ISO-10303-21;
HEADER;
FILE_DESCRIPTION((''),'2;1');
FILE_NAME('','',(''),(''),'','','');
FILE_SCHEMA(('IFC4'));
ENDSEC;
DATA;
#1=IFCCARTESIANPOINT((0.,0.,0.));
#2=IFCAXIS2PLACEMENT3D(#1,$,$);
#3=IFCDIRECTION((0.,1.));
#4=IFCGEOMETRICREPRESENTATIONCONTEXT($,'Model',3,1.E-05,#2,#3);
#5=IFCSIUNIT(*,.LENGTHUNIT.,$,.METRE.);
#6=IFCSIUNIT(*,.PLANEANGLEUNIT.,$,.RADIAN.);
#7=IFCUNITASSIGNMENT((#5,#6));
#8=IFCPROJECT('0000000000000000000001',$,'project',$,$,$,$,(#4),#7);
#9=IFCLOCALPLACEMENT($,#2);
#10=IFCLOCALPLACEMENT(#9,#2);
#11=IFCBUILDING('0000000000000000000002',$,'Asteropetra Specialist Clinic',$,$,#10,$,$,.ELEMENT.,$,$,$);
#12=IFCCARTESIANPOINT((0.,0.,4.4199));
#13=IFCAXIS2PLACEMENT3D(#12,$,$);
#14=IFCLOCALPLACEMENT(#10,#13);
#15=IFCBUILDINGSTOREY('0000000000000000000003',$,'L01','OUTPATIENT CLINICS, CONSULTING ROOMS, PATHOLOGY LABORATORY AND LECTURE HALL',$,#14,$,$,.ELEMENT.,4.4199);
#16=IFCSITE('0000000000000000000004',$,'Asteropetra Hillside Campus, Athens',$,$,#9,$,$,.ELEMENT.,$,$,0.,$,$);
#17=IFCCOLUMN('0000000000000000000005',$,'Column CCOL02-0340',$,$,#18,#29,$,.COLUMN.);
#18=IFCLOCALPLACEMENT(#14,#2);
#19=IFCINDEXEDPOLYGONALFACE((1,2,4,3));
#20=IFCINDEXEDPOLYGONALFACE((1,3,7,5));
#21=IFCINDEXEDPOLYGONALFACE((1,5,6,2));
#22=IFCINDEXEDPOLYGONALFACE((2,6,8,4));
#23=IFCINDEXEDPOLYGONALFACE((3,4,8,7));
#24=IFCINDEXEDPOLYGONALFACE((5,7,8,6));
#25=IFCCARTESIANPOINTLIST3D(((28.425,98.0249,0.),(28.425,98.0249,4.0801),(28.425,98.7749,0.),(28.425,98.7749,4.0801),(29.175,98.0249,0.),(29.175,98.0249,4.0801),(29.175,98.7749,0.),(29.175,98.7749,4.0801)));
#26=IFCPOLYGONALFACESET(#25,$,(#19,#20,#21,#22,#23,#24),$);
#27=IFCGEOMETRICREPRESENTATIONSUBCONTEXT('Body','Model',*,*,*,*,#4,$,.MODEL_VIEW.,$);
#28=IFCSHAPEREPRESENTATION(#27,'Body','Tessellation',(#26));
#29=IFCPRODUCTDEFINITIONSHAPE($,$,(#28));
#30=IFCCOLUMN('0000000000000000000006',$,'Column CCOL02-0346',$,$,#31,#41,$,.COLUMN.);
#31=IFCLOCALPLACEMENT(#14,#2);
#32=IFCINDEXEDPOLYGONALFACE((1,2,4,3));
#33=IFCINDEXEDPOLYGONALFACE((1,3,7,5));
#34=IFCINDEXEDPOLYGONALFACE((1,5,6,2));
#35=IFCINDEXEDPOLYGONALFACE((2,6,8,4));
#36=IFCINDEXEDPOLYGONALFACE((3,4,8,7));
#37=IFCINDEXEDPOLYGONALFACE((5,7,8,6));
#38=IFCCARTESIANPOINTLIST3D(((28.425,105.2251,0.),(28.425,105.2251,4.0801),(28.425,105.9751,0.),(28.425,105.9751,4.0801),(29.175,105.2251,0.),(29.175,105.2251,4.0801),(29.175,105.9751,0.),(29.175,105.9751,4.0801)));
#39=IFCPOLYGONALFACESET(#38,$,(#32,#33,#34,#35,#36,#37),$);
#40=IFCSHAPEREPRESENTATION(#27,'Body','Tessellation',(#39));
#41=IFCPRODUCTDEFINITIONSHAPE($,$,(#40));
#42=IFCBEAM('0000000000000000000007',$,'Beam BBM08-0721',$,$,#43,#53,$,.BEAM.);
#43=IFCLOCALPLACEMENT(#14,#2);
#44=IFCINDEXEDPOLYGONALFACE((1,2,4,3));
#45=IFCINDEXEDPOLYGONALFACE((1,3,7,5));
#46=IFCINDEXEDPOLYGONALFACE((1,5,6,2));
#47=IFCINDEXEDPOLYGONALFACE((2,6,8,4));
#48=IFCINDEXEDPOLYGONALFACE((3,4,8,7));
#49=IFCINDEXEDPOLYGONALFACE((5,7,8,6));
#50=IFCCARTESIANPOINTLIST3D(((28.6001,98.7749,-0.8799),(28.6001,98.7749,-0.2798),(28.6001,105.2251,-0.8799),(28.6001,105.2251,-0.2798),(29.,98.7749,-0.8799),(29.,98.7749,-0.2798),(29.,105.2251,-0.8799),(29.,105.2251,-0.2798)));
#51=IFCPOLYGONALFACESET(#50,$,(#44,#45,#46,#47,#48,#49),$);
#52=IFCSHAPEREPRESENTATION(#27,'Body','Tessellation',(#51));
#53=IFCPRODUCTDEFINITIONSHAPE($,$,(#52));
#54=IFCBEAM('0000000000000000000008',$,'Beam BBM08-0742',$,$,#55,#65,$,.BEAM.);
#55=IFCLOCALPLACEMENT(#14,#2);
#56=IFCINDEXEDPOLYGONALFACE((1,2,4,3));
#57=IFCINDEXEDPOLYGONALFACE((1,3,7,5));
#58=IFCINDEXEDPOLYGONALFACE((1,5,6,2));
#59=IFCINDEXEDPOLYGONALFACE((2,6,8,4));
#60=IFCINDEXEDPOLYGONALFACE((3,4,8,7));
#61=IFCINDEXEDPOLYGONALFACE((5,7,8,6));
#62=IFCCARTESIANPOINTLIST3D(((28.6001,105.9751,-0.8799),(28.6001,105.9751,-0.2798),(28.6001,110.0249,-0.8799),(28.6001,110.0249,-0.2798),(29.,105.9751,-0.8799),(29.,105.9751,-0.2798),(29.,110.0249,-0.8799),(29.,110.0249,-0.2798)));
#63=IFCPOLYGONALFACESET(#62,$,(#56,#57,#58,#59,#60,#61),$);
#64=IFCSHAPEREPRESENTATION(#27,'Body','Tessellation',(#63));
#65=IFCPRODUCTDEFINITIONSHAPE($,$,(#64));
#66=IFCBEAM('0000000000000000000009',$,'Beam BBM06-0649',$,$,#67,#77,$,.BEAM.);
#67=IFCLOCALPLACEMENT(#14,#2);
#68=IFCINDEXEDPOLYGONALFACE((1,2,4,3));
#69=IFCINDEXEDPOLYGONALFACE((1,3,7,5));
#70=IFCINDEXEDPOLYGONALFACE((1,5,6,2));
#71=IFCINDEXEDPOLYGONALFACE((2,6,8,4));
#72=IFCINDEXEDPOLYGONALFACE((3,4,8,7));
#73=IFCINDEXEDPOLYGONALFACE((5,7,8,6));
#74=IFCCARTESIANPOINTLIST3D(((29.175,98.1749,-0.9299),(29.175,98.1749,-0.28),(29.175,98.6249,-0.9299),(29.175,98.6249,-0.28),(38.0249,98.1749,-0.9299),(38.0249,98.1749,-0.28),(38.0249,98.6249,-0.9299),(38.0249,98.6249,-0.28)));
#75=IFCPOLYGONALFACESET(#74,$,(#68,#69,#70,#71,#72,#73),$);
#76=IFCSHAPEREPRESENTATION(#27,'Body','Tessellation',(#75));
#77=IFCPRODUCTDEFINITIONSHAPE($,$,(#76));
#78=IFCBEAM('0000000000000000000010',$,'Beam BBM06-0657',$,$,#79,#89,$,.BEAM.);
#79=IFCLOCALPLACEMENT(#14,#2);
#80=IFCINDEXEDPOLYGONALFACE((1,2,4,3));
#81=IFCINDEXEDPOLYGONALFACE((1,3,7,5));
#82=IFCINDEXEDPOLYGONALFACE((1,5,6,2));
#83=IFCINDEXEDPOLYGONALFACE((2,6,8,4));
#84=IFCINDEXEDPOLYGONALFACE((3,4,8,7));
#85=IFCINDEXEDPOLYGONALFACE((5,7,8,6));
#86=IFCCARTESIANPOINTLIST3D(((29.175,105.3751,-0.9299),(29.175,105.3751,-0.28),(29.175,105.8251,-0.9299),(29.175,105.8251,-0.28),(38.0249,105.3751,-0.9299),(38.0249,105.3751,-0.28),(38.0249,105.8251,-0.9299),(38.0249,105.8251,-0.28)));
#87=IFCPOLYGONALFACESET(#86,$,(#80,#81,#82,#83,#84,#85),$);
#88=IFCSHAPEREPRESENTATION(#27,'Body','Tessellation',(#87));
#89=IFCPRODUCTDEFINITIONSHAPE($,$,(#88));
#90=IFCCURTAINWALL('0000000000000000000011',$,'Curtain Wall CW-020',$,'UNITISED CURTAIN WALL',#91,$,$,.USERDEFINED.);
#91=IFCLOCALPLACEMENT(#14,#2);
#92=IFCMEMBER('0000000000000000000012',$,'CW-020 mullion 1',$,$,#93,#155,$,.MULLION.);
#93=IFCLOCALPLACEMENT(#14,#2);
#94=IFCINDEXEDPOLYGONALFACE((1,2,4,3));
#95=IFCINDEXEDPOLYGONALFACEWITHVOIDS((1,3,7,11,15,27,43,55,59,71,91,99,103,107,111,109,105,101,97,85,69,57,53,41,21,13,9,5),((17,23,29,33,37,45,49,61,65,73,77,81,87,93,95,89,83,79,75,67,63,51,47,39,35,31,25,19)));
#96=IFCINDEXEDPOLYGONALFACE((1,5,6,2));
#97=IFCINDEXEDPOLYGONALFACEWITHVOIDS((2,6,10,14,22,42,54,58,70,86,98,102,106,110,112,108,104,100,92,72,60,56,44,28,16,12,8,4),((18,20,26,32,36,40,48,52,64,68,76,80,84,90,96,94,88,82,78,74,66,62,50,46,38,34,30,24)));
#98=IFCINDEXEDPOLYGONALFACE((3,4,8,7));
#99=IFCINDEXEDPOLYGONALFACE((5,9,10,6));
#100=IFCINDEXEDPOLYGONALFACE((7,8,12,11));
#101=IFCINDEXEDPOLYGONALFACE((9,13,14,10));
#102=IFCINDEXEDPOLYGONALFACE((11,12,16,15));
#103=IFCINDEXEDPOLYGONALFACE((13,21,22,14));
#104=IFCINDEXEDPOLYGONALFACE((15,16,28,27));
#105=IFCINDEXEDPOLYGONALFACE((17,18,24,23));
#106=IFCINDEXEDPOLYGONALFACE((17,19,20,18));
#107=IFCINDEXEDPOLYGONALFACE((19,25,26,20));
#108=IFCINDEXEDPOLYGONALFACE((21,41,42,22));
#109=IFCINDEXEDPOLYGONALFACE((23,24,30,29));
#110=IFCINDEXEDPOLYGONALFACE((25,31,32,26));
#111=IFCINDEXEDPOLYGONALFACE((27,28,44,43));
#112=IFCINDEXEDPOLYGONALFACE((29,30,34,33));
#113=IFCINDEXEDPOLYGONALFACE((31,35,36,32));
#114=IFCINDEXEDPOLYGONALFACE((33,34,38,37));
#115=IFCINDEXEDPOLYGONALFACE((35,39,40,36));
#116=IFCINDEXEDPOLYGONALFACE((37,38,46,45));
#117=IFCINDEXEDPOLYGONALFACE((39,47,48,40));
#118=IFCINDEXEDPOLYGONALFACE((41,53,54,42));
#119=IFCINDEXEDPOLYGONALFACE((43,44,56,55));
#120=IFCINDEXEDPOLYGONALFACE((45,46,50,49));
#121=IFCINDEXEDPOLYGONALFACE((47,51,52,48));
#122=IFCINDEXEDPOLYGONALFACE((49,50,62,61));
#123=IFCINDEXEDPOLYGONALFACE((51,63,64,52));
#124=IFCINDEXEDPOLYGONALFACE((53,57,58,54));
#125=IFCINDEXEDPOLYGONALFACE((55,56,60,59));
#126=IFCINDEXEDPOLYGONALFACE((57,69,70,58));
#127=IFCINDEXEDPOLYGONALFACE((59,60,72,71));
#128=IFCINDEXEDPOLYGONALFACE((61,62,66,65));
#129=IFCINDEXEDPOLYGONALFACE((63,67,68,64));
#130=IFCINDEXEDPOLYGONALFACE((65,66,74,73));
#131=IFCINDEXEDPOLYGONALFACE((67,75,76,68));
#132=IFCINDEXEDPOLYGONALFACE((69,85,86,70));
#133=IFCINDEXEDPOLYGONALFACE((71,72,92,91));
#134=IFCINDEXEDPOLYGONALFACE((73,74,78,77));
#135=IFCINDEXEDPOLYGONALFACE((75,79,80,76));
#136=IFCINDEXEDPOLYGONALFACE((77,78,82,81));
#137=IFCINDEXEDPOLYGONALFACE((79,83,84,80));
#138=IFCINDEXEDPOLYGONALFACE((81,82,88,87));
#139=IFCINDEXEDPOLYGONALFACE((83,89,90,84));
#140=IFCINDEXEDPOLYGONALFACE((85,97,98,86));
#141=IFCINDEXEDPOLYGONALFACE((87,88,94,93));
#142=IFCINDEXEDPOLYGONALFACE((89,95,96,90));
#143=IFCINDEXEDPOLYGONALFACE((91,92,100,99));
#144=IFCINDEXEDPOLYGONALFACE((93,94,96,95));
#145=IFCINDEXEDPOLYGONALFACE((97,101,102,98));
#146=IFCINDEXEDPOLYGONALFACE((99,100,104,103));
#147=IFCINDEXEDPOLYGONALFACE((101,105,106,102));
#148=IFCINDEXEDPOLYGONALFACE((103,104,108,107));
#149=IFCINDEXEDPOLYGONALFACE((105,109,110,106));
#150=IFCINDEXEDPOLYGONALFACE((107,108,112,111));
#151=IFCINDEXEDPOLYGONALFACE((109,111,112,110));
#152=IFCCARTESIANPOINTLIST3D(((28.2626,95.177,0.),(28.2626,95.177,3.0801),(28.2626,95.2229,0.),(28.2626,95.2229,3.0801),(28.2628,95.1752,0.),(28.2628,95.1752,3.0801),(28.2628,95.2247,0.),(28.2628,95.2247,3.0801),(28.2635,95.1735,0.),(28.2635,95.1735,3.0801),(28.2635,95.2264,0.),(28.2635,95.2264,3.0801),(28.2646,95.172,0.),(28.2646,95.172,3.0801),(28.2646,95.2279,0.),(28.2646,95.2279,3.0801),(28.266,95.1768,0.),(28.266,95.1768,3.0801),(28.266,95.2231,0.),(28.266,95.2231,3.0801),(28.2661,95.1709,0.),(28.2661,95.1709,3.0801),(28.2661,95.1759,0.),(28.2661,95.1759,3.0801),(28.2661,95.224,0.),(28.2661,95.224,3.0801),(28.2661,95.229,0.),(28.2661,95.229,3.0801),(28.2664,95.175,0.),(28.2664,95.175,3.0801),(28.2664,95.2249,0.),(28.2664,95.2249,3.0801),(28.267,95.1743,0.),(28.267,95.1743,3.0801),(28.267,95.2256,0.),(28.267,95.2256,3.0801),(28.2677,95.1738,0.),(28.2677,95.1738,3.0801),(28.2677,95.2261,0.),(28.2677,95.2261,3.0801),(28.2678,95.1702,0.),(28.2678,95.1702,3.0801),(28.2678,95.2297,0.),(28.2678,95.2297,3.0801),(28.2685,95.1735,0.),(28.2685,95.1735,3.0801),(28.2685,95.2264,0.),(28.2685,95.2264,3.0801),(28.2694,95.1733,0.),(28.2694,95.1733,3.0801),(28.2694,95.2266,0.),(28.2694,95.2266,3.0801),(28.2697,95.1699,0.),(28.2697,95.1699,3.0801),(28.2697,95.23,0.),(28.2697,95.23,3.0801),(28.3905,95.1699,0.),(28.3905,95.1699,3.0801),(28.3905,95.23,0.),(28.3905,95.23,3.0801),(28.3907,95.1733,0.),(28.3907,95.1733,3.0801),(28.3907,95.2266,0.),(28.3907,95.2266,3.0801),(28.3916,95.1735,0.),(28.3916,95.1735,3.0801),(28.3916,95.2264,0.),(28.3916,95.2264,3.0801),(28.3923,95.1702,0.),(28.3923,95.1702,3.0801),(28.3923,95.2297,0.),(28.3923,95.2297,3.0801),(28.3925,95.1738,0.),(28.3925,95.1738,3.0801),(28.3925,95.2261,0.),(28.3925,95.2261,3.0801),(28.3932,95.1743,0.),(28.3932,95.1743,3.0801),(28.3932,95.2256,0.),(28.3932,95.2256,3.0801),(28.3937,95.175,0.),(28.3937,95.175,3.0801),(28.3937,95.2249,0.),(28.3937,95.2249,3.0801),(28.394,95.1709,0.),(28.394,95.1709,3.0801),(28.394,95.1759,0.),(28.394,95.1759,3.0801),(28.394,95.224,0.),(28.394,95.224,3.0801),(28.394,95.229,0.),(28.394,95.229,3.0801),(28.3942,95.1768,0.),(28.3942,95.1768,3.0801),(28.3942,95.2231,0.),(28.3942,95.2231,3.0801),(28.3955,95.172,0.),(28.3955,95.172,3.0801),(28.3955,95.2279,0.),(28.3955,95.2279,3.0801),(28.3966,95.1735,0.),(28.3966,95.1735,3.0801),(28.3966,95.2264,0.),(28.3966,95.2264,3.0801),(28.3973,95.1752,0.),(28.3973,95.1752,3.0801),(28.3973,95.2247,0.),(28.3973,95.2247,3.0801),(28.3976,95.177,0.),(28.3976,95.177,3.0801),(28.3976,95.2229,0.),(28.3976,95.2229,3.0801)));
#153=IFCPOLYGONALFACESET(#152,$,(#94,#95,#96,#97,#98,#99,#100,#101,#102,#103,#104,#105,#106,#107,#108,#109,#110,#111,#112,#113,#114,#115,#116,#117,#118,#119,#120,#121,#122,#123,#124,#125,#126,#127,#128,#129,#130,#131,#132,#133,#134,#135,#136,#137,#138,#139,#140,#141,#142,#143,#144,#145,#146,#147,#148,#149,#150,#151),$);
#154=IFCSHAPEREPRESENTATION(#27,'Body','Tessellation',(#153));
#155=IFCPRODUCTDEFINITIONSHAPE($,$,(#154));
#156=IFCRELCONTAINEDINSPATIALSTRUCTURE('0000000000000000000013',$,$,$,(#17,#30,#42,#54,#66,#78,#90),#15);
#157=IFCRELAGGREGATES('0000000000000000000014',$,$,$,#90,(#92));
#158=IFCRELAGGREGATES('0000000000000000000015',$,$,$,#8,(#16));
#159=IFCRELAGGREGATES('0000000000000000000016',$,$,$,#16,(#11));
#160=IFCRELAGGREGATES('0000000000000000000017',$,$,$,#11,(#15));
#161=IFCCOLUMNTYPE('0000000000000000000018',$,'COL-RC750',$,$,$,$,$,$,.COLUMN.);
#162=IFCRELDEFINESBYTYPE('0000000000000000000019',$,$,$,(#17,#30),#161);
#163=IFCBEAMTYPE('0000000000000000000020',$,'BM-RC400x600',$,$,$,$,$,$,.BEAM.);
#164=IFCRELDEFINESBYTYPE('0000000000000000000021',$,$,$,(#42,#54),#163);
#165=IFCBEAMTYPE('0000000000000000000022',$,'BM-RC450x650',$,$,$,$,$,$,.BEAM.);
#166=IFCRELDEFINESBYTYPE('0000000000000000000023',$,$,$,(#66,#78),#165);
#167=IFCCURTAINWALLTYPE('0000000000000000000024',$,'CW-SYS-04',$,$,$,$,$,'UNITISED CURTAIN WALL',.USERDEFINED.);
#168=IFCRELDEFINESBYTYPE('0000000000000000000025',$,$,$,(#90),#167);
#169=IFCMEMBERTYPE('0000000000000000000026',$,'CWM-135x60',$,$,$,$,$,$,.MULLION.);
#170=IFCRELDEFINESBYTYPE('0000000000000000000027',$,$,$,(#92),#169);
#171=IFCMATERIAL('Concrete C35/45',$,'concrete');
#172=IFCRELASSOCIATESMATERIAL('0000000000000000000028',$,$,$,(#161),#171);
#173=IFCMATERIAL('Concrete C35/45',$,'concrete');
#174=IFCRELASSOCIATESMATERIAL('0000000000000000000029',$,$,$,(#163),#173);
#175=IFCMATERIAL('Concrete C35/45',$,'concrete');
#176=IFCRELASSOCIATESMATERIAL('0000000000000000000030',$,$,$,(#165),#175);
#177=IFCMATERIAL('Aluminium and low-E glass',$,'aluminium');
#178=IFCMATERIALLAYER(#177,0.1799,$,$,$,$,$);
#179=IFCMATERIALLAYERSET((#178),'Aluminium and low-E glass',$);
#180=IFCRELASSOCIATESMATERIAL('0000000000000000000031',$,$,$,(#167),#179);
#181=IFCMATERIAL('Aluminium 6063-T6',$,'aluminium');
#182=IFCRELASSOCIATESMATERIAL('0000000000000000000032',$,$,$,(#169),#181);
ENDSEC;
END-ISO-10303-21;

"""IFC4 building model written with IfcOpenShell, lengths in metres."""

from ifc_helpers import new_model, si_unit, direction, frame, origin, origin_2d, place, context, subcontext, project, spatial, rectangle, hollow_rectangle, extrude, material, layer, layer_set, material_profile, profile_set, type_object, element, aggregate, save


model = new_model("IFC4")

# Units and contexts
model_context = context("Model", 3, precision=1e-05, world=origin(), true_north=direction((0.0, 1.0)))
body_context = subcontext(model_context, "Body", "Model", "MODEL_VIEW")
ifc_project = project(units=[si_unit("LENGTHUNIT", "METRE"), si_unit("PLANEANGLEUNIT", "RADIAN")], contexts=[model_context])

# Site, building, storey
site_placement = place(None, origin())
site = spatial("IfcSite", under=ifc_project, at=site_placement, Name="Asteropetra Hillside Campus, Athens", CompositionType="ELEMENT", RefElevation=0.0)
building_placement = place(site_placement, origin())
building = spatial("IfcBuilding", under=site, at=building_placement, Name="Asteropetra Specialist Clinic", CompositionType="ELEMENT")
storey_placement = place(building_placement, frame((0.0, 0.0, 4.4199)))
storey = spatial("IfcBuildingStorey", under=building, at=storey_placement, Name="L01", Description="OUTPATIENT CLINICS, CONSULTING ROOMS, PATHOLOGY LABORATORY AND LECTURE HALL", CompositionType="ELEMENT", Elevation=4.4199)

# Columns
ifc_material_1 = material(Name="Concrete C35/45", Category="concrete")
ifc_material_profile_1 = material_profile(ifc_material_1, rectangle(XDim=0.75, YDim=0.75, at=origin_2d()), Name="RC 750x750")
ifc_profile_set_1 = profile_set([ifc_material_profile_1], Name="Concrete C35/45")
column_type = type_object("IfcColumnType", Name="COL-RC750", PredefinedType="COLUMN", material=ifc_profile_set_1)
for number, where, z_axis, x_axis, name in (
    (1, (28.8, 98.3999, 0.0), (0.0, 0.0, 1.0), (1.0, 0.0, 0.0), "Column CCOL02-0340"),
    (2, (28.8, 105.6001, 0.0), (0.0, 0.0, 1.0), (1.0, 0.0, 0.0), "Column CCOL02-0346"),
):
    element("IfcColumn", number, at=place(storey_placement, frame(where, z_axis=z_axis, x_axis=x_axis)), inside=storey, type_object=column_type, Name=name, PredefinedType="COLUMN", context=body_context, shape_type="SweptSolid", body=[
        extrude(rectangle(XDim=0.75, YDim=0.75, at=origin_2d()), origin(), (0.0, 0.0, 1.0), 4.0801),
    ])

# Beams
ifc_material_2 = material(Name="Concrete C35/45", Category="concrete")
ifc_material_profile_2 = material_profile(ifc_material_2, rectangle(XDim=0.3999, YDim=0.6001, at=origin_2d()), Name="RCB 400x600")
ifc_profile_set_2 = profile_set([ifc_material_profile_2], Name="Concrete C35/45")
beam_type_1 = type_object("IfcBeamType", Name="BM-RC400x600", PredefinedType="BEAM", material=ifc_profile_set_2)
beam_1_placement = place(storey_placement, frame((28.8, 98.7749, -0.5798), z_axis=(0.0, 1.0, 0.0), x_axis=(-1.0, 0.0, 0.0)))
element("IfcBeam", 3, at=beam_1_placement, inside=storey, type_object=beam_type_1, Name="Beam BBM08-0721", PredefinedType="BEAM", context=body_context, shape_type="SweptSolid", body=[
    extrude(rectangle(XDim=0.3999, YDim=0.6001, at=origin_2d()), origin(), (0.0, 0.0, 1.0), 6.4502),
])
beam_2_placement = place(storey_placement, frame((28.8, 105.9751, -0.5798), z_axis=(0.0, 1.0, 0.0), x_axis=(-1.0, 0.0, 0.0)))
element("IfcBeam", 4, at=beam_2_placement, inside=storey, type_object=beam_type_1, Name="Beam BBM08-0742", PredefinedType="BEAM", context=body_context, shape_type="SweptSolid", body=[
    extrude(rectangle(XDim=0.3999, YDim=0.6001, at=origin_2d()), origin(), (0.0, 0.0, 1.0), 4.0498),
])
ifc_material_3 = material(Name="Concrete C35/45", Category="concrete")
ifc_material_profile_3 = material_profile(ifc_material_3, rectangle(XDim=0.45, YDim=0.6499, at=origin_2d()), Name="RCB 450x650")
ifc_profile_set_3 = profile_set([ifc_material_profile_3], Name="Concrete C35/45")
beam_type_2 = type_object("IfcBeamType", Name="BM-RC450x650", PredefinedType="BEAM", material=ifc_profile_set_3)
for number, where, z_axis, x_axis, name in (
    (5, (29.175, 98.3999, -0.605), (1.0, 0.0, 0.0), (0.0, 1.0, 0.0), "Beam BBM06-0649"),
    (6, (29.175, 105.6001, -0.605), (1.0, 0.0, 0.0), (0.0, 1.0, 0.0), "Beam BBM06-0657"),
):
    element("IfcBeam", number, at=place(storey_placement, frame(where, z_axis=z_axis, x_axis=x_axis)), inside=storey, type_object=beam_type_2, Name=name, PredefinedType="BEAM", context=body_context, shape_type="SweptSolid", body=[
        extrude(rectangle(XDim=0.45, YDim=0.6499, at=origin_2d()), origin(), (0.0, 0.0, 1.0), 8.8499),
    ])

# Curtain wall, member
ifc_material_4 = material(Name="Aluminium and low-E glass", Category="aluminium")
ifc_layer_1 = layer(ifc_material_4, 0.1799)
ifc_layer_set_1 = layer_set([ifc_layer_1], Name="Aluminium and low-E glass")
curtain_wall_type = type_object("IfcCurtainWallType", Name="CW-SYS-04", ElementType="UNITISED CURTAIN WALL", PredefinedType="USERDEFINED", material=ifc_layer_set_1)
curtain_wall_placement = place(storey_placement, origin())
curtain_wall = element("IfcCurtainWall", 7, at=curtain_wall_placement, inside=storey, type_object=curtain_wall_type, Name="Curtain Wall CW-020", ObjectType="UNITISED CURTAIN WALL", PredefinedType="USERDEFINED")
ifc_material_5 = material(Name="Aluminium 6063-T6", Category="aluminium")
ifc_material_profile_4 = material_profile(ifc_material_5, hollow_rectangle(XDim=0.0601, YDim=0.135, WallThickness=0.0034, InnerFilletRadius=0.0034, OuterFilletRadius=0.0071, at=origin_2d()), Name="MUL 135x60x3.5")
ifc_profile_set_4 = profile_set([ifc_material_profile_4], Name="Aluminium 6063-T6")
member_type_1 = type_object("IfcMemberType", Name="CWM-135x60", PredefinedType="MULLION", material=ifc_profile_set_4)
member_1_placement = place(storey_placement, frame((28.3301, 95.2, 0.0), z_axis=(0.0, 0.0, 1.0), x_axis=(0.0, -1.0, 0.0)))
member_1 = element("IfcMember", 8, at=member_1_placement, type_object=member_type_1, Name="CW-020 mullion 1", PredefinedType="MULLION", context=body_context, shape_type="SweptSolid", body=[
    extrude(hollow_rectangle(XDim=0.0601, YDim=0.135, WallThickness=0.0034, InnerFilletRadius=0.0034, OuterFilletRadius=0.0071, at=origin_2d()), origin(), (0.0, 0.0, 1.0), 3.0801),
])

aggregate(curtain_wall, [member_1])

save(model, "model.ifc")
